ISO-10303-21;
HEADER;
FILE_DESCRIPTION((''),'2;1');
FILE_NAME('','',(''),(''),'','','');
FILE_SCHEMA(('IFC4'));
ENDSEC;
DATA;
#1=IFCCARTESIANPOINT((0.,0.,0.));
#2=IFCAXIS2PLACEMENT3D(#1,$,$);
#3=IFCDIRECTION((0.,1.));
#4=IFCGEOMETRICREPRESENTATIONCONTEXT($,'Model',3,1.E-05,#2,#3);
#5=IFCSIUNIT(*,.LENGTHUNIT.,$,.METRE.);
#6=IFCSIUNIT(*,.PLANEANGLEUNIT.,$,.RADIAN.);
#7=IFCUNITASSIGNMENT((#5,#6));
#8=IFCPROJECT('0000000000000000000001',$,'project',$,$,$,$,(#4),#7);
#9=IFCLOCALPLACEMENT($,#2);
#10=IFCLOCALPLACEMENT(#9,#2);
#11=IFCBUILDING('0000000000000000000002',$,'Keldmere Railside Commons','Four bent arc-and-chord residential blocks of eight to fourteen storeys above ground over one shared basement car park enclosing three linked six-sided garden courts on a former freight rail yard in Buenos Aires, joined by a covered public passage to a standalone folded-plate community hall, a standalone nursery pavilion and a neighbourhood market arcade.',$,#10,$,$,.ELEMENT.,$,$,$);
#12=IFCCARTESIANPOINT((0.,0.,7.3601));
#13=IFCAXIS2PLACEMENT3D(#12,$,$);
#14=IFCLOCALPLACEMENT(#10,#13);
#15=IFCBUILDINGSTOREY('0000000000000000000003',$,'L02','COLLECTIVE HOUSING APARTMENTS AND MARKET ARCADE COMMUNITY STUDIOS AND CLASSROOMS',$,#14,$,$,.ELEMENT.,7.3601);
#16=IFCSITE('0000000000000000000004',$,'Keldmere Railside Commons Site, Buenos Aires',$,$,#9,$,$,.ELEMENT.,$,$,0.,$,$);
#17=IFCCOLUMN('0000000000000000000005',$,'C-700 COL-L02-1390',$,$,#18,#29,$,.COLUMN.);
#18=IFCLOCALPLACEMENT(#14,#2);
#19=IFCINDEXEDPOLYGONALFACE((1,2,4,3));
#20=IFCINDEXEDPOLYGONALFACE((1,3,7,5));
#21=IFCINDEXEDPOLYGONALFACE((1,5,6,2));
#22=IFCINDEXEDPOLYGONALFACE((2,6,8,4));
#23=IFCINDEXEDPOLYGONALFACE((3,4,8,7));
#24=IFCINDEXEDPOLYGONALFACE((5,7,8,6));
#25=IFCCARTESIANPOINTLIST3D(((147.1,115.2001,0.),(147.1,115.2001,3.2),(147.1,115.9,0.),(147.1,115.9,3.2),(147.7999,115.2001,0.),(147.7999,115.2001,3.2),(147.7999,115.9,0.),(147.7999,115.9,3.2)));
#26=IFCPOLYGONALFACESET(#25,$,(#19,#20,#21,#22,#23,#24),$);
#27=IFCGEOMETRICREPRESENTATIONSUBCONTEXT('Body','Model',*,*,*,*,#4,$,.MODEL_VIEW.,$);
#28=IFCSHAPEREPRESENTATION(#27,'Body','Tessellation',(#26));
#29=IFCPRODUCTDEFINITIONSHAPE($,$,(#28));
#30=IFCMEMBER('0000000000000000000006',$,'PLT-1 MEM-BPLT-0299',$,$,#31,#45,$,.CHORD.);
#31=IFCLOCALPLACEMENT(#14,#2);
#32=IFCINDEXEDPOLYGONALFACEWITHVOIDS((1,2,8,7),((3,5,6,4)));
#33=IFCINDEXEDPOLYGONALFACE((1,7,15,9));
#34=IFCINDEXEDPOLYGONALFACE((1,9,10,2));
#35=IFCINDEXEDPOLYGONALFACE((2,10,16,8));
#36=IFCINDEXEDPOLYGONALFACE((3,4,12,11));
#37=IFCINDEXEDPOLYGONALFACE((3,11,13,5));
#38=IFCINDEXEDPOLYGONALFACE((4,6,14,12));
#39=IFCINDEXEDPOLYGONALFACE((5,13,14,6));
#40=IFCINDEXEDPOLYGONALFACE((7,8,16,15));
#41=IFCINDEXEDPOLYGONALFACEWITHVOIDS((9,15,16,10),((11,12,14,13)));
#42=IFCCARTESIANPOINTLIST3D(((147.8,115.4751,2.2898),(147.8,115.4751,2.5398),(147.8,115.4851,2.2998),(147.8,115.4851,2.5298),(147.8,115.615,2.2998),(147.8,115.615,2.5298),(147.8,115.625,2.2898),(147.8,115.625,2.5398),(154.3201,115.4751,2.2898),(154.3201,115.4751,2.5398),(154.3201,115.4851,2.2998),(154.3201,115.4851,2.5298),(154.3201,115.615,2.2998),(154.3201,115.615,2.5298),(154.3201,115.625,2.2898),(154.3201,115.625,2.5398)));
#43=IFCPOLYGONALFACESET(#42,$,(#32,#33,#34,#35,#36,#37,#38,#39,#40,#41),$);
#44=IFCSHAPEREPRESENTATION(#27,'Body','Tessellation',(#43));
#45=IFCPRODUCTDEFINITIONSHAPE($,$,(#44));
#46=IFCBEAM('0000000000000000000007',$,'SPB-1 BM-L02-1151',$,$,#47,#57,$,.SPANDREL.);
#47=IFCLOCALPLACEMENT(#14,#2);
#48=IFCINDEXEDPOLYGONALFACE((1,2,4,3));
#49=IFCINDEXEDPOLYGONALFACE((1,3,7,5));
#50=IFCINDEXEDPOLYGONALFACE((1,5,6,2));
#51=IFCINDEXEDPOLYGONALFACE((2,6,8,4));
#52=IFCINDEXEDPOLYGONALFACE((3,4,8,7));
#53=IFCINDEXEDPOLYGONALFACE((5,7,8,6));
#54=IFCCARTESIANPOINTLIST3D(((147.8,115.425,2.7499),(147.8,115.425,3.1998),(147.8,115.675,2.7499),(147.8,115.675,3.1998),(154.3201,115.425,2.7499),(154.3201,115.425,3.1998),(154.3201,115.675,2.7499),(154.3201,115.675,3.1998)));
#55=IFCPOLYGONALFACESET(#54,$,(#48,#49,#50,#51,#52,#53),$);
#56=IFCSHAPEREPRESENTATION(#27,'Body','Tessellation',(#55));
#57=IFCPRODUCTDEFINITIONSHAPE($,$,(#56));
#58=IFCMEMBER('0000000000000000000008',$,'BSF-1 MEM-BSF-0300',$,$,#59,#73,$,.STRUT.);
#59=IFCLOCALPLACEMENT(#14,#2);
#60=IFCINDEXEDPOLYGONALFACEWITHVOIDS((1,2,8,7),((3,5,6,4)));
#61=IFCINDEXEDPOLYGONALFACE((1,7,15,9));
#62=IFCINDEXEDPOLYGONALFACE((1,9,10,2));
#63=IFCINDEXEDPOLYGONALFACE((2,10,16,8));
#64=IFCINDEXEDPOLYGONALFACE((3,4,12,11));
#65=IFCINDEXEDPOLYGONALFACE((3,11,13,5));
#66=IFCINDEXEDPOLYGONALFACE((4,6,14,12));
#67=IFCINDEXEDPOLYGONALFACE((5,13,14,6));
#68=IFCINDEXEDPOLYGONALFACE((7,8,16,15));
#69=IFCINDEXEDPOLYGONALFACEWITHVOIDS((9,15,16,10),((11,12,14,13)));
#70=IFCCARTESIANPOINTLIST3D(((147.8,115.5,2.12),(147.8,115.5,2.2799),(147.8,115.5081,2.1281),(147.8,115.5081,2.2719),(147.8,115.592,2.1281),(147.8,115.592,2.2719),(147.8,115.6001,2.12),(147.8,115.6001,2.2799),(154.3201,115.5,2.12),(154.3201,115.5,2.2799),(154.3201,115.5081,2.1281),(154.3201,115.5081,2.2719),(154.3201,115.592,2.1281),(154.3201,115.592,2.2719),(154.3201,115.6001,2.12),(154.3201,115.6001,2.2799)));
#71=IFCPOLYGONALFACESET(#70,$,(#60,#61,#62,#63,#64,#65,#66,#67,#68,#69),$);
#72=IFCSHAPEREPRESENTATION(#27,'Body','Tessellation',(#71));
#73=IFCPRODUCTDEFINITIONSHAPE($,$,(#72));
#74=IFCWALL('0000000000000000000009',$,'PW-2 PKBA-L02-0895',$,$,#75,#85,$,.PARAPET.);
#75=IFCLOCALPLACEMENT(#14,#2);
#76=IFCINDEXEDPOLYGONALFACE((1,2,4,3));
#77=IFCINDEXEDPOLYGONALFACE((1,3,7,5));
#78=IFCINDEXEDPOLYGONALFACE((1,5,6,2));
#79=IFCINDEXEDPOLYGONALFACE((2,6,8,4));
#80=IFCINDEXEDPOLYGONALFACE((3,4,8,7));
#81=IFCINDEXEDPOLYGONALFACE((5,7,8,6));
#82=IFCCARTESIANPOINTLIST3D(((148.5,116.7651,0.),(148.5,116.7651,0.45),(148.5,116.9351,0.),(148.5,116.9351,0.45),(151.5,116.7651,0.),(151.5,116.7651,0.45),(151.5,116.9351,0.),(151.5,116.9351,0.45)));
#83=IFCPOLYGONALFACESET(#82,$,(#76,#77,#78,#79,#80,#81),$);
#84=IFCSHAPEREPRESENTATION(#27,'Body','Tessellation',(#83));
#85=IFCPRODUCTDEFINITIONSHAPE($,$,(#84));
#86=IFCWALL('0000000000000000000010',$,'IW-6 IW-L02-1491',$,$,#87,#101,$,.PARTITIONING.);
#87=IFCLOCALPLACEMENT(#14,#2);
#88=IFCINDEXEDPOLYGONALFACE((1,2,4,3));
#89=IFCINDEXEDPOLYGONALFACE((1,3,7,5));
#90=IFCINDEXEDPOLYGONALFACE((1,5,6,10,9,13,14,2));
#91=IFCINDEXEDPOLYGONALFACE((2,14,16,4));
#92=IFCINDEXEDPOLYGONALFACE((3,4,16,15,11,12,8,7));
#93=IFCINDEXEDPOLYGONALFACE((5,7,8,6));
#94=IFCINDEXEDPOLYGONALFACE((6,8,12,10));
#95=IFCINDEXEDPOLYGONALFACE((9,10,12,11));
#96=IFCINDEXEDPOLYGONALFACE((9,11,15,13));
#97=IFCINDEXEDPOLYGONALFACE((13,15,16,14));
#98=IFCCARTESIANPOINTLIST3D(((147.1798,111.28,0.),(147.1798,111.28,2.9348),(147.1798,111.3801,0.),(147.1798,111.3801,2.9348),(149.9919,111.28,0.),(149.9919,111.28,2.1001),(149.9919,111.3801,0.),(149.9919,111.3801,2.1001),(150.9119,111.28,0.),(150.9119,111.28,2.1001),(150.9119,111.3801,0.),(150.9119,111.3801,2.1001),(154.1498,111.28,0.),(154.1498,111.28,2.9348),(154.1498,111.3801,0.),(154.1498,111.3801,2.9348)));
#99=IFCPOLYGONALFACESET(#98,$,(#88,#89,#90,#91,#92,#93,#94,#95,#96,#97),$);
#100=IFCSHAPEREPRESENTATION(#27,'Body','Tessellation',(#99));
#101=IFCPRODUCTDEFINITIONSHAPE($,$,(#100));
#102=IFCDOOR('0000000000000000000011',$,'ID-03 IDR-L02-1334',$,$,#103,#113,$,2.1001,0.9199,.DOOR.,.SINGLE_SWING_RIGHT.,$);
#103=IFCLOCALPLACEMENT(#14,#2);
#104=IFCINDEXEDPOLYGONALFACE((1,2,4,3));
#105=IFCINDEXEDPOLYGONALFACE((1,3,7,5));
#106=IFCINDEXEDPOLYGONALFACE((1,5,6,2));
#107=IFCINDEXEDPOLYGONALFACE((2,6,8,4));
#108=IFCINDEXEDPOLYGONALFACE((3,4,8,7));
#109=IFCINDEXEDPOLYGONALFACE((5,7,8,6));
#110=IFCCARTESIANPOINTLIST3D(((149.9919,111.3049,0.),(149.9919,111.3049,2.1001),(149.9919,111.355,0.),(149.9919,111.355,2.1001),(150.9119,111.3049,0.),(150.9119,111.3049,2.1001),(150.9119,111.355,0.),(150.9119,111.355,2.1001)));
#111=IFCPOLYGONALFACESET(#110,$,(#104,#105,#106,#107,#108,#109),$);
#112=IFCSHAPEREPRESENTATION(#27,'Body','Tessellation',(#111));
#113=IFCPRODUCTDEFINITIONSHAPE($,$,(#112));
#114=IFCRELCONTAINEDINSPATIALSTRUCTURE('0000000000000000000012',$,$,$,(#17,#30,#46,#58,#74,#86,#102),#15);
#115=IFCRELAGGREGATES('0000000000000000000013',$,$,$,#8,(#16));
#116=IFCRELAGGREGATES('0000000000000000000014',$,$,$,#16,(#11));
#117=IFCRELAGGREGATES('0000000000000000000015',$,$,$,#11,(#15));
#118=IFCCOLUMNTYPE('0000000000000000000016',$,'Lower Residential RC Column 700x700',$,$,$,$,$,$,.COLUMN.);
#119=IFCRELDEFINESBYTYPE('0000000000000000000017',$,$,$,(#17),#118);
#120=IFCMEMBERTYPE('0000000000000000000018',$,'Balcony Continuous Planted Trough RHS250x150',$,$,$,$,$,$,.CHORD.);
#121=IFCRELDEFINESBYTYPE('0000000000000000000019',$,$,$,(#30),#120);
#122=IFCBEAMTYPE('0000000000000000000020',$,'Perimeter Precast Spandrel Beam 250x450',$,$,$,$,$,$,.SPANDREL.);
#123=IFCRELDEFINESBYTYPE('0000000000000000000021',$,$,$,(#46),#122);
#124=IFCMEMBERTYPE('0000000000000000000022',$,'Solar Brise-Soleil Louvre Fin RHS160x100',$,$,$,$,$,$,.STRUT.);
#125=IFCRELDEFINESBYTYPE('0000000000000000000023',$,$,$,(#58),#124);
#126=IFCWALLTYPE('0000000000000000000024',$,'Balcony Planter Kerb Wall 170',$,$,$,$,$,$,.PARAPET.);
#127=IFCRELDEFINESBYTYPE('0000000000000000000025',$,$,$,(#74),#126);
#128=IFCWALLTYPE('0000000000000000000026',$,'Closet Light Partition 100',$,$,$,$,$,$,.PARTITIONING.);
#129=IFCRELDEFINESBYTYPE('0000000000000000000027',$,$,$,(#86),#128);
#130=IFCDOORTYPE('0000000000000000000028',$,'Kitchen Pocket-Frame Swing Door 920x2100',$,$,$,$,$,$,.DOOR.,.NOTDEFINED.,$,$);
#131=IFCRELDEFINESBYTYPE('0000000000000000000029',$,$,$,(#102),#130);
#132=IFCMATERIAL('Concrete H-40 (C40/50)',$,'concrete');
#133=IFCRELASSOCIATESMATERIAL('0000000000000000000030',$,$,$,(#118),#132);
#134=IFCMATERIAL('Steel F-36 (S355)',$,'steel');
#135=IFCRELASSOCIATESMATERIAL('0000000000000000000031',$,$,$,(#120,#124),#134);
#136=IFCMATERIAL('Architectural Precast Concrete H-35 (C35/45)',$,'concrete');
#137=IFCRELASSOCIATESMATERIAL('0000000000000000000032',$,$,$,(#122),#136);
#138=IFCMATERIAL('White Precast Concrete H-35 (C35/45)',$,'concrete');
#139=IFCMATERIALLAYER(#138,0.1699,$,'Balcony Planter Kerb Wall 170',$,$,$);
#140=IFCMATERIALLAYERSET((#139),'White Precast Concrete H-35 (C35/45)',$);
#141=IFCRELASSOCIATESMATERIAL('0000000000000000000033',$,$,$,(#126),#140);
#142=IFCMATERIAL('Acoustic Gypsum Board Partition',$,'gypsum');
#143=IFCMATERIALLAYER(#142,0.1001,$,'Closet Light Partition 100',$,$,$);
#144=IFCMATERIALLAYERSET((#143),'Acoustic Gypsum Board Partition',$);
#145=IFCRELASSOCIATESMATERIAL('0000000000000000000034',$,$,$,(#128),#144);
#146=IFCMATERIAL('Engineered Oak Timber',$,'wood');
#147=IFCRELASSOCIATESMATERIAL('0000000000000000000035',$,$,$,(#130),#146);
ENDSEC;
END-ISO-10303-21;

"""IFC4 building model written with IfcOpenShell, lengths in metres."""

from ifc_helpers import new_model, si_unit, direction, frame, frame_2d, origin, origin_2d, place, context, subcontext, project, spatial, rectangle, hollow_rectangle, extrude, material, layer, layer_set, material_profile, profile_set, type_object, element, fill, save


model = new_model("IFC4")

# Units and contexts
model_context = context("Model", 3, precision=1e-05, world=origin(), true_north=direction((0.0, 1.0)))
body_context = subcontext(model_context, "Body", "Model", "MODEL_VIEW")
ifc_project = project(units=[si_unit("LENGTHUNIT", "METRE"), si_unit("PLANEANGLEUNIT", "RADIAN")], contexts=[model_context])

# Site, building, storey
site_placement = place(None, origin())
site = spatial("IfcSite", under=ifc_project, at=site_placement, Name="Keldmere Railside Commons Site, Buenos Aires", CompositionType="ELEMENT", RefElevation=0.0)
building_placement = place(site_placement, origin())
building = spatial("IfcBuilding", under=site, at=building_placement, Name="Keldmere Railside Commons", Description="Four bent arc-and-chord residential blocks of eight to fourteen storeys above ground over one shared basement car park enclosing three linked six-sided garden courts on a former freight rail yard in Buenos Aires, joined by a covered public passage to a standalone folded-plate community hall, a standalone nursery pavilion and a neighbourhood market arcade.", CompositionType="ELEMENT")
storey_placement = place(building_placement, frame((0.0, 0.0, 7.3601)))
storey = spatial("IfcBuildingStorey", under=building, at=storey_placement, Name="L02", Description="COLLECTIVE HOUSING APARTMENTS AND MARKET ARCADE COMMUNITY STUDIOS AND CLASSROOMS", CompositionType="ELEMENT", Elevation=7.3601)

# Column
ifc_material_1 = material(Name="Concrete H-40 (C40/50)", Category="concrete")
ifc_material_profile_1 = material_profile(ifc_material_1, rectangle(XDim=0.7, YDim=0.7, at=origin_2d()), Name="RC-700x700")
ifc_profile_set_1 = profile_set([ifc_material_profile_1], Name="Concrete H-40 (C40/50)")
column_type = type_object("IfcColumnType", Name="Lower Residential RC Column 700x700", PredefinedType="COLUMN", material=ifc_profile_set_1)
column_placement = place(storey_placement, frame((147.45, 115.55, 0.0), z_axis=(0.0, 0.0, 1.0), x_axis=(1.0, 0.0, 0.0)))
element("IfcColumn", 1, at=column_placement, inside=storey, type_object=column_type, Name="C-700 COL-L02-1390", PredefinedType="COLUMN", context=body_context, shape_type="SweptSolid", body=[
    extrude(rectangle(XDim=0.7, YDim=0.7, at=origin_2d()), origin(), (0.0, 0.0, 1.0), 3.2),
])

# Member
ifc_material_2 = material(Name="Steel F-36 (S355)", Category="steel")
ifc_material_profile_2 = material_profile(ifc_material_2, hollow_rectangle(XDim=0.1499, YDim=0.25, WallThickness=0.01, at=origin_2d()), Name="RHS-250x150x10")
ifc_profile_set_2 = profile_set([ifc_material_profile_2], Name="Steel F-36 (S355)")
member_type_1 = type_object("IfcMemberType", Name="Balcony Continuous Planted Trough RHS250x150", PredefinedType="CHORD", material=ifc_profile_set_2)
member_1_placement = place(storey_placement, frame((147.8, 115.55, 2.4148), z_axis=(1.0, 0.0, 0.0), x_axis=(0.0, 1.0, 0.0)))
element("IfcMember", 2, at=member_1_placement, inside=storey, type_object=member_type_1, Name="PLT-1 MEM-BPLT-0299", PredefinedType="CHORD", context=body_context, shape_type="SweptSolid", body=[
    extrude(hollow_rectangle(XDim=0.1499, YDim=0.25, WallThickness=0.01, at=origin_2d()), origin(), (0.0, 0.0, 1.0), 6.52),
])

# Beam
ifc_material_3 = material(Name="Architectural Precast Concrete H-35 (C35/45)", Category="concrete")
ifc_material_profile_3 = material_profile(ifc_material_3, rectangle(XDim=0.25, YDim=0.45, at=origin_2d()), Name="RC-250x450")
ifc_profile_set_3 = profile_set([ifc_material_profile_3], Name="Architectural Precast Concrete H-35 (C35/45)")
beam_type = type_object("IfcBeamType", Name="Perimeter Precast Spandrel Beam 250x450", PredefinedType="SPANDREL", material=ifc_profile_set_3)
beam_placement = place(storey_placement, frame((147.8, 115.55, 2.9749), z_axis=(1.0, 0.0, 0.0), x_axis=(0.0, 1.0, 0.0)))
element("IfcBeam", 3, at=beam_placement, inside=storey, type_object=beam_type, Name="SPB-1 BM-L02-1151", PredefinedType="SPANDREL", context=body_context, shape_type="SweptSolid", body=[
    extrude(rectangle(XDim=0.25, YDim=0.45, at=origin_2d()), origin(), (0.0, 0.0, 1.0), 6.52),
])

# Member
ifc_material_profile_4 = material_profile(ifc_material_2, hollow_rectangle(XDim=0.1001, YDim=0.1599, WallThickness=0.0081, at=origin_2d()), Name="RHS-160x100x8")
ifc_profile_set_4 = profile_set([ifc_material_profile_4], Name="Steel F-36 (S355)")
member_type_2 = type_object("IfcMemberType", Name="Solar Brise-Soleil Louvre Fin RHS160x100", PredefinedType="STRUT", material=ifc_profile_set_4)
member_2_placement = place(storey_placement, frame((147.8, 115.55, 2.2), z_axis=(1.0, 0.0, 0.0), x_axis=(0.0, 1.0, 0.0)))
element("IfcMember", 4, at=member_2_placement, inside=storey, type_object=member_type_2, Name="BSF-1 MEM-BSF-0300", PredefinedType="STRUT", context=body_context, shape_type="SweptSolid", body=[
    extrude(hollow_rectangle(XDim=0.1001, YDim=0.1599, WallThickness=0.0081, at=origin_2d()), origin(), (0.0, 0.0, 1.0), 6.52),
])

# Wall
ifc_material_4 = material(Name="White Precast Concrete H-35 (C35/45)", Category="concrete")
ifc_layer_1 = layer(ifc_material_4, 0.1699, Name="Balcony Planter Kerb Wall 170")
ifc_layer_set_1 = layer_set([ifc_layer_1], Name="White Precast Concrete H-35 (C35/45)")
wall_type_1 = type_object("IfcWallType", Name="Balcony Planter Kerb Wall 170", PredefinedType="PARAPET", material=ifc_layer_set_1)
wall_1_placement = place(storey_placement, frame((148.5, 116.8501, 0.0), z_axis=(0.0, 0.0, 1.0), x_axis=(1.0, 0.0, 0.0)))
element("IfcWall", 5, at=wall_1_placement, inside=storey, type_object=wall_type_1, Name="PW-2 PKBA-L02-0895", PredefinedType="PARAPET", context=body_context, shape_type="SweptSolid", body=[
    extrude(rectangle(XDim=3.0, YDim=0.1699, at=frame_2d((1.5, 0.0))), origin(), (0.0, 0.0, 1.0), 0.45),
])

# Wall, opening, door
ifc_material_5 = material(Name="Acoustic Gypsum Board Partition", Category="gypsum")
ifc_layer_2 = layer(ifc_material_5, 0.1001, Name="Closet Light Partition 100")
ifc_layer_set_2 = layer_set([ifc_layer_2], Name="Acoustic Gypsum Board Partition")
wall_type_2 = type_object("IfcWallType", Name="Closet Light Partition 100", PredefinedType="PARTITIONING", material=ifc_layer_set_2)
wall_2_placement = place(storey_placement, frame((147.1799, 111.3301, 0.0), z_axis=(0.0, 0.0, 1.0), x_axis=(1.0, 0.0, 0.0)))
wall_2 = element("IfcWall", 6, at=wall_2_placement, inside=storey, type_object=wall_type_2, Name="IW-6 IW-L02-1491", PredefinedType="PARTITIONING", context=body_context, shape_type="SweptSolid", body=[
    extrude(rectangle(XDim=6.97, YDim=0.1001, at=frame_2d((3.4849, 0.0))), origin(), (0.0, 0.0, 1.0), 2.9348),
])
opening_1_placement = place(wall_2_placement, frame((2.812, 0.0, 0.0)))
opening_1 = element("IfcOpeningElement", 7, at=opening_1_placement, cuts=wall_2, PredefinedType="OPENING", context=body_context, shape_type="SweptSolid", body=[
    extrude(rectangle(XDim=0.9199, YDim=2.1001, at=frame_2d((0.46, 1.05))), frame((0.0, 0.0601, 0.0), z_axis=(0.0, -1.0, 0.0), x_axis=(1.0, 0.0, 0.0)), (0.0, 0.0, 1.0), 0.1201),
])
ifc_material_6 = material(Name="Engineered Oak Timber", Category="wood")
door_type_1 = type_object("IfcDoorType", Name="Kitchen Pocket-Frame Swing Door 920x2100", OperationType="NOTDEFINED", PredefinedType="DOOR", material=ifc_material_6)
door_1_placement = place(opening_1_placement, origin())
door_1 = element("IfcDoor", 8, at=door_1_placement, inside=storey, type_object=door_type_1, Name="ID-03 IDR-L02-1334", OperationType="SINGLE_SWING_RIGHT", OverallHeight=2.1001, OverallWidth=0.9199, PredefinedType="DOOR", context=body_context, shape_type="SweptSolid", body=[
    extrude(rectangle(XDim=0.9199, YDim=2.1001, at=frame_2d((0.46, 1.05))), frame((0.0, 0.0249, 0.0), z_axis=(0.0, -1.0, 0.0), x_axis=(1.0, 0.0, 0.0)), (0.0, 0.0, 1.0), 0.05),
])
fill(opening_1, door_1)

save(model, "model.ifc")
